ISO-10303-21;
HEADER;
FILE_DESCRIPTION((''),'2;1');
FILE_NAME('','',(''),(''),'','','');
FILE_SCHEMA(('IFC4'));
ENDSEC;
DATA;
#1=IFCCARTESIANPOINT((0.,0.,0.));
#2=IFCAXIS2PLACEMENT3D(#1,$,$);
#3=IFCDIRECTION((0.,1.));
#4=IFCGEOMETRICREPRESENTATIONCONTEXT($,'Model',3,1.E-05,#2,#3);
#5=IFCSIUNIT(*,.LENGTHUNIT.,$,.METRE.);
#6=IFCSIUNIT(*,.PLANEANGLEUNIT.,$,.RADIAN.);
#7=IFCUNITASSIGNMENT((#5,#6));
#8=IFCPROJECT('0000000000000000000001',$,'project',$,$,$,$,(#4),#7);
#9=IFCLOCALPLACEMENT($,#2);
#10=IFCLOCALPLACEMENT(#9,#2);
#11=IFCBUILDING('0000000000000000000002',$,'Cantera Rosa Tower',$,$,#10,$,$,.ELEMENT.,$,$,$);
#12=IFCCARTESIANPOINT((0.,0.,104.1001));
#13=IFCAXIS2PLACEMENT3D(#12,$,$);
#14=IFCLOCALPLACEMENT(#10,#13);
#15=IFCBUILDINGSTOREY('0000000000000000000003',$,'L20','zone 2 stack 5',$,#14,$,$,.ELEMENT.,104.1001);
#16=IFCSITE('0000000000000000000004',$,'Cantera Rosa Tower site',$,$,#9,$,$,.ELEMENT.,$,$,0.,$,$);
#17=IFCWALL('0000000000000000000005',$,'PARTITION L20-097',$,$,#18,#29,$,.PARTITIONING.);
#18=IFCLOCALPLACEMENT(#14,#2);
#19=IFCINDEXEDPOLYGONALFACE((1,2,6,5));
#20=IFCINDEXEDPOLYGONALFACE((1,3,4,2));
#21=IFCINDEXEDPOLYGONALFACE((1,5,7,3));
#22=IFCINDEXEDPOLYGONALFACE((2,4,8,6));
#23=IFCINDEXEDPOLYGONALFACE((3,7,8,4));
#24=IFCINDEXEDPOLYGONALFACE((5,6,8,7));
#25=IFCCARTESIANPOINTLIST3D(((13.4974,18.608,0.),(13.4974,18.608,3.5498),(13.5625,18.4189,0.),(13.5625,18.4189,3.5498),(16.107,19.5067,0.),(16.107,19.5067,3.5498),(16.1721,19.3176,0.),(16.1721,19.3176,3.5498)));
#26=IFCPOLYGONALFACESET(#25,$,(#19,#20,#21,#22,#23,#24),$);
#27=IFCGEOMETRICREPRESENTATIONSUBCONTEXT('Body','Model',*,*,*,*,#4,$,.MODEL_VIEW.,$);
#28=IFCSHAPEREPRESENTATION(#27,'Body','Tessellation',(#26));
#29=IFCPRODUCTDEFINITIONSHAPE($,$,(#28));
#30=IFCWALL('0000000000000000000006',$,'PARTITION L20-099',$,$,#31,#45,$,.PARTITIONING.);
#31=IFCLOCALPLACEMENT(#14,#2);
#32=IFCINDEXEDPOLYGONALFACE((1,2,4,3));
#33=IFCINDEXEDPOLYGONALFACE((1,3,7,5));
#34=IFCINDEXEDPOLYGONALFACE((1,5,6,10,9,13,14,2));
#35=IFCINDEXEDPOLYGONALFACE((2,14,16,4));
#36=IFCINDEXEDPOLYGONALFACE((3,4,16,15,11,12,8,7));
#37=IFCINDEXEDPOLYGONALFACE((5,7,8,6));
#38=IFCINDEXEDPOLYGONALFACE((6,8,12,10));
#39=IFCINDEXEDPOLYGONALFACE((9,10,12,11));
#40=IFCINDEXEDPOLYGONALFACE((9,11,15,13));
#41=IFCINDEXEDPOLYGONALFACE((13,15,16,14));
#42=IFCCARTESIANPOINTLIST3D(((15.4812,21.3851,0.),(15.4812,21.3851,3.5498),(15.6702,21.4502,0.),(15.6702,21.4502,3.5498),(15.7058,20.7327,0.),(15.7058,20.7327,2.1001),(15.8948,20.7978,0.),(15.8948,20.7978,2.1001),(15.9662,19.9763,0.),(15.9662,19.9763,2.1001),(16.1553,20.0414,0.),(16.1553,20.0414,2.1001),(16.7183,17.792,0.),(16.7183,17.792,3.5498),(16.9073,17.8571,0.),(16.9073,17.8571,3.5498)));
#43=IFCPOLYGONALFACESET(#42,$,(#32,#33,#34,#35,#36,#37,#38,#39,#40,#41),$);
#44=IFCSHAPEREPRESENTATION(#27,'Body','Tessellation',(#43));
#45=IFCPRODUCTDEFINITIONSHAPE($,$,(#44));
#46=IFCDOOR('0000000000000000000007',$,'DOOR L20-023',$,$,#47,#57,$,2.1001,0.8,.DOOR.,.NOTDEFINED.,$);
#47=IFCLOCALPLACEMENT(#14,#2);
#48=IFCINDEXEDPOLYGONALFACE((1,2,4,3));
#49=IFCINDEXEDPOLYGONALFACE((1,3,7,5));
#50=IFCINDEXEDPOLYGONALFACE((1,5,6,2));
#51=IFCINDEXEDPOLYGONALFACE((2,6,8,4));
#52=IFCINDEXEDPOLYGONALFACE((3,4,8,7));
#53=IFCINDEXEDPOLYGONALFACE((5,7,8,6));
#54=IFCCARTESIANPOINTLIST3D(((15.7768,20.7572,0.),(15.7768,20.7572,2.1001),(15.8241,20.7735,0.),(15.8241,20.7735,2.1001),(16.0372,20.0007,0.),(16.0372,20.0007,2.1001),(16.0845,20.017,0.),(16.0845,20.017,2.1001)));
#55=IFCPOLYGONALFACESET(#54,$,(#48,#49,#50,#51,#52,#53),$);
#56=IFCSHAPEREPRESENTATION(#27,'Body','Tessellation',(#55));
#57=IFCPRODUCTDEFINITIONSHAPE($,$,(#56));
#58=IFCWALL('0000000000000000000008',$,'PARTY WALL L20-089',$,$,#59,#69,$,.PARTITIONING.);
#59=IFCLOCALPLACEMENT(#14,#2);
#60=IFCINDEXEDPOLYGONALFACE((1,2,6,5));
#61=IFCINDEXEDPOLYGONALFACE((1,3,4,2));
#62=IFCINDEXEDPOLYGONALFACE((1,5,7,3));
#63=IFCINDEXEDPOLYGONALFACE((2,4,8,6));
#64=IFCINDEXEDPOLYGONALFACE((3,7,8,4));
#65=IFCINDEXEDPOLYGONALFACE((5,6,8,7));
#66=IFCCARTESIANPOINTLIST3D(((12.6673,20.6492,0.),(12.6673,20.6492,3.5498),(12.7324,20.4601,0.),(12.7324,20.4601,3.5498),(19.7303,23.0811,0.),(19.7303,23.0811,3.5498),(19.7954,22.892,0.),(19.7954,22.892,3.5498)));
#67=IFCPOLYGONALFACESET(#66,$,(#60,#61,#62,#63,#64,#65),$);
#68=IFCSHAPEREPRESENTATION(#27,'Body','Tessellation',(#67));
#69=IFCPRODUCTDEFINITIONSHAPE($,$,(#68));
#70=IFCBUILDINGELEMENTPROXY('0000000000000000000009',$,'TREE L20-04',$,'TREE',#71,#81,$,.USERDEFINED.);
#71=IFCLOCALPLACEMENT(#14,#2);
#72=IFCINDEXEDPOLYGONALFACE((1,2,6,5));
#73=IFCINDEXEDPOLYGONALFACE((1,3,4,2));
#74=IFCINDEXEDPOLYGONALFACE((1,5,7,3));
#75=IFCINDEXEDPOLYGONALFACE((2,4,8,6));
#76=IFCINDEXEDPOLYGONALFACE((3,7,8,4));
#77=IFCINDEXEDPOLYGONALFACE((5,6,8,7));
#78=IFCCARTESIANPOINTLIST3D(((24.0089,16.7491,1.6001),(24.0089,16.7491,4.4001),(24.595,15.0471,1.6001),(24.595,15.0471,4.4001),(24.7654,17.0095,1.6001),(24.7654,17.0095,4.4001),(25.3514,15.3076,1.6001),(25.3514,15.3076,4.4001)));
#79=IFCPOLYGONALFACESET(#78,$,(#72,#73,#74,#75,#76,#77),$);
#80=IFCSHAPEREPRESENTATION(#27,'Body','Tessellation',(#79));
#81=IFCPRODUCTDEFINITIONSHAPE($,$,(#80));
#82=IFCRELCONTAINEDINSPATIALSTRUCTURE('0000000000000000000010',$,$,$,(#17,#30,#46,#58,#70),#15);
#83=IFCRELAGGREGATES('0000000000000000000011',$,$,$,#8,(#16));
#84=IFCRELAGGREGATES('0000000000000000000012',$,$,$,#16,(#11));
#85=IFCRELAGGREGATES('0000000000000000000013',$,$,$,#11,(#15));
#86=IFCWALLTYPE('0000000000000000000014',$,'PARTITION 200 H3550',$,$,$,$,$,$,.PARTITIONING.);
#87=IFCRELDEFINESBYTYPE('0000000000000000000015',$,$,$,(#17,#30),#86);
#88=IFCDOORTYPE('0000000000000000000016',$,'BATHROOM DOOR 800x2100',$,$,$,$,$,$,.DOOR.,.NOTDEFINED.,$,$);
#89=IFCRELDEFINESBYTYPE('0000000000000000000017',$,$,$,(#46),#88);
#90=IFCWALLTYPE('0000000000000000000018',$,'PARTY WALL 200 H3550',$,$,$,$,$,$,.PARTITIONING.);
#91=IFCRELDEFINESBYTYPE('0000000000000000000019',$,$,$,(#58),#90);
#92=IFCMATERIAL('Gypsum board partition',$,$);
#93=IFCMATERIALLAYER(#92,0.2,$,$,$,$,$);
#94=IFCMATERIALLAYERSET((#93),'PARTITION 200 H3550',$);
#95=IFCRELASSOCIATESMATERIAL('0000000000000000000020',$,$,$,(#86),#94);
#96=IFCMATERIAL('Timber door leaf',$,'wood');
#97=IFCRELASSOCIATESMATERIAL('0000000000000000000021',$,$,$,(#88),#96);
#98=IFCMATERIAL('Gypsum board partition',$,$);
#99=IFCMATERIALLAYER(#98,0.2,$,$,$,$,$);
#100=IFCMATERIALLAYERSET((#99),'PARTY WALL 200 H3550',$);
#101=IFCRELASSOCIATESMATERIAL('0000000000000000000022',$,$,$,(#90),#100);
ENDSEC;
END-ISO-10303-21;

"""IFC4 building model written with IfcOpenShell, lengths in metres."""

from ifc_helpers import new_model, si_unit, direction, frame, frame_2d, origin, origin_2d, place, context, subcontext, project, spatial, rectangle, extrude, material, layer, layer_set, type_object, element, fill, save


model = new_model("IFC4")

# Units and contexts
model_context = context("Model", 3, precision=1e-05, world=origin(), true_north=direction((0.0, 1.0)))
body_context = subcontext(model_context, "Body", "Model", "MODEL_VIEW")
ifc_project = project(units=[si_unit("LENGTHUNIT", "METRE"), si_unit("PLANEANGLEUNIT", "RADIAN")], contexts=[model_context])

# Site, building, storey
site_placement = place(None, origin())
site = spatial("IfcSite", under=ifc_project, at=site_placement, Name="Cantera Rosa Tower site", CompositionType="ELEMENT", RefElevation=0.0)
building_placement = place(site_placement, origin())
building = spatial("IfcBuilding", under=site, at=building_placement, Name="Cantera Rosa Tower", CompositionType="ELEMENT")
storey_placement = place(building_placement, frame((0.0, 0.0, 104.1001)))
storey = spatial("IfcBuildingStorey", under=building, at=storey_placement, Name="L20", Description="zone 2 stack 5", CompositionType="ELEMENT", Elevation=104.1001)

# Wall
ifc_material_1 = material(Name="Gypsum board partition")
ifc_layer_1 = layer(ifc_material_1, 0.2)
ifc_layer_set_1 = layer_set([ifc_layer_1], Name="PARTITION 200 H3550")
wall_type_1 = type_object("IfcWallType", Name="PARTITION 200 H3550", PredefinedType="PARTITIONING", material=ifc_layer_set_1)
wall_1_placement = place(storey_placement, frame((16.1394, 19.4121, 0.0), z_axis=(0.0, 0.0, 1.0), x_axis=(-0.945505, -0.325606, 0.0)))
element("IfcWall", 1, at=wall_1_placement, inside=storey, type_object=wall_type_1, Name="PARTITION L20-097", PredefinedType="PARTITIONING", context=body_context, shape_type="SweptSolid", body=[
    extrude(rectangle(XDim=2.76, YDim=0.2, at=frame_2d((1.3799, 0.0))), origin(), (0.0, 0.0, 1.0), 3.5498),
])

# Wall, opening, door
wall_2_placement = place(storey_placement, frame((16.8127, 17.8247, 0.0), z_axis=(0.0, 0.0, 1.0), x_axis=(-0.325541, 0.945528, 0.0)))
wall_2 = element("IfcWall", 2, at=wall_2_placement, inside=storey, type_object=wall_type_1, Name="PARTITION L20-099", PredefinedType="PARTITIONING", context=body_context, shape_type="SweptSolid", body=[
    extrude(rectangle(XDim=3.8, YDim=0.2, at=frame_2d((1.8999, 0.0))), origin(), (0.0, 0.0, 1.0), 3.5498),
])
opening_1_placement = place(wall_2_placement, frame((2.3101, 0.0, 0.0)))
opening_1 = element("IfcOpeningElement", 3, at=opening_1_placement, cuts=wall_2, PredefinedType="OPENING", context=body_context, shape_type="SweptSolid", body=[
    extrude(rectangle(XDim=0.8, YDim=2.1001, at=frame_2d((0.3999, 1.05))), frame((0.0, 0.1099, 0.0), z_axis=(0.0, -1.0, 0.0), x_axis=(1.0, 0.0, 0.0)), (0.0, 0.0, 1.0), 0.22),
])
ifc_material_2 = material(Name="Timber door leaf", Category="wood")
door_type_1 = type_object("IfcDoorType", Name="BATHROOM DOOR 800x2100", OperationType="NOTDEFINED", PredefinedType="DOOR", material=ifc_material_2)
door_1_placement = place(opening_1_placement, origin())
door_1 = element("IfcDoor", 4, at=door_1_placement, inside=storey, type_object=door_type_1, Name="DOOR L20-023", OperationType="NOTDEFINED", OverallHeight=2.1001, OverallWidth=0.8, PredefinedType="DOOR", context=body_context, shape_type="SweptSolid", body=[
    extrude(rectangle(XDim=0.8, YDim=2.1001, at=frame_2d((0.3999, 1.05))), frame((0.0, 0.0249, 0.0), z_axis=(0.0, -1.0, 0.0), x_axis=(1.0, 0.0, 0.0)), (0.0, 0.0, 1.0), 0.05),
])
fill(opening_1, door_1)

# Wall
ifc_material_3 = material(Name="Gypsum board partition")
ifc_layer_2 = layer(ifc_material_3, 0.2)
ifc_layer_set_2 = layer_set([ifc_layer_2], Name="PARTY WALL 200 H3550")
wall_type_2 = type_object("IfcWallType", Name="PARTY WALL 200 H3550", PredefinedType="PARTITIONING", material=ifc_layer_set_2)
wall_3_placement = place(storey_placement, frame((12.7, 20.5547, 0.0), z_axis=(0.0, 0.0, 1.0), x_axis=(0.945523, 0.325557, 0.0)))
element("IfcWall", 5, at=wall_3_placement, inside=storey, type_object=wall_type_2, Name="PARTY WALL L20-089", PredefinedType="PARTITIONING", context=body_context, shape_type="SweptSolid", body=[
    extrude(rectangle(XDim=7.47, YDim=0.2, at=frame_2d((3.7349, 0.0))), origin(), (0.0, 0.0, 1.0), 3.5498),
])

# Building element proxy
proxy_placement = place(storey_placement, frame((24.6802, 16.0283, 1.6001), z_axis=(0.0, 0.0, 1.0), x_axis=(-0.325568, 0.945519, 0.0)))
element("IfcBuildingElementProxy", 6, at=proxy_placement, inside=storey, Name="TREE L20-04", ObjectType="TREE", PredefinedType="USERDEFINED", context=body_context, shape_type="SweptSolid", body=[
    extrude(rectangle(XDim=1.8, YDim=0.8, at=origin_2d()), origin(), (0.0, 0.0, 1.0), 2.8),
])

save(model, "model.ifc")
